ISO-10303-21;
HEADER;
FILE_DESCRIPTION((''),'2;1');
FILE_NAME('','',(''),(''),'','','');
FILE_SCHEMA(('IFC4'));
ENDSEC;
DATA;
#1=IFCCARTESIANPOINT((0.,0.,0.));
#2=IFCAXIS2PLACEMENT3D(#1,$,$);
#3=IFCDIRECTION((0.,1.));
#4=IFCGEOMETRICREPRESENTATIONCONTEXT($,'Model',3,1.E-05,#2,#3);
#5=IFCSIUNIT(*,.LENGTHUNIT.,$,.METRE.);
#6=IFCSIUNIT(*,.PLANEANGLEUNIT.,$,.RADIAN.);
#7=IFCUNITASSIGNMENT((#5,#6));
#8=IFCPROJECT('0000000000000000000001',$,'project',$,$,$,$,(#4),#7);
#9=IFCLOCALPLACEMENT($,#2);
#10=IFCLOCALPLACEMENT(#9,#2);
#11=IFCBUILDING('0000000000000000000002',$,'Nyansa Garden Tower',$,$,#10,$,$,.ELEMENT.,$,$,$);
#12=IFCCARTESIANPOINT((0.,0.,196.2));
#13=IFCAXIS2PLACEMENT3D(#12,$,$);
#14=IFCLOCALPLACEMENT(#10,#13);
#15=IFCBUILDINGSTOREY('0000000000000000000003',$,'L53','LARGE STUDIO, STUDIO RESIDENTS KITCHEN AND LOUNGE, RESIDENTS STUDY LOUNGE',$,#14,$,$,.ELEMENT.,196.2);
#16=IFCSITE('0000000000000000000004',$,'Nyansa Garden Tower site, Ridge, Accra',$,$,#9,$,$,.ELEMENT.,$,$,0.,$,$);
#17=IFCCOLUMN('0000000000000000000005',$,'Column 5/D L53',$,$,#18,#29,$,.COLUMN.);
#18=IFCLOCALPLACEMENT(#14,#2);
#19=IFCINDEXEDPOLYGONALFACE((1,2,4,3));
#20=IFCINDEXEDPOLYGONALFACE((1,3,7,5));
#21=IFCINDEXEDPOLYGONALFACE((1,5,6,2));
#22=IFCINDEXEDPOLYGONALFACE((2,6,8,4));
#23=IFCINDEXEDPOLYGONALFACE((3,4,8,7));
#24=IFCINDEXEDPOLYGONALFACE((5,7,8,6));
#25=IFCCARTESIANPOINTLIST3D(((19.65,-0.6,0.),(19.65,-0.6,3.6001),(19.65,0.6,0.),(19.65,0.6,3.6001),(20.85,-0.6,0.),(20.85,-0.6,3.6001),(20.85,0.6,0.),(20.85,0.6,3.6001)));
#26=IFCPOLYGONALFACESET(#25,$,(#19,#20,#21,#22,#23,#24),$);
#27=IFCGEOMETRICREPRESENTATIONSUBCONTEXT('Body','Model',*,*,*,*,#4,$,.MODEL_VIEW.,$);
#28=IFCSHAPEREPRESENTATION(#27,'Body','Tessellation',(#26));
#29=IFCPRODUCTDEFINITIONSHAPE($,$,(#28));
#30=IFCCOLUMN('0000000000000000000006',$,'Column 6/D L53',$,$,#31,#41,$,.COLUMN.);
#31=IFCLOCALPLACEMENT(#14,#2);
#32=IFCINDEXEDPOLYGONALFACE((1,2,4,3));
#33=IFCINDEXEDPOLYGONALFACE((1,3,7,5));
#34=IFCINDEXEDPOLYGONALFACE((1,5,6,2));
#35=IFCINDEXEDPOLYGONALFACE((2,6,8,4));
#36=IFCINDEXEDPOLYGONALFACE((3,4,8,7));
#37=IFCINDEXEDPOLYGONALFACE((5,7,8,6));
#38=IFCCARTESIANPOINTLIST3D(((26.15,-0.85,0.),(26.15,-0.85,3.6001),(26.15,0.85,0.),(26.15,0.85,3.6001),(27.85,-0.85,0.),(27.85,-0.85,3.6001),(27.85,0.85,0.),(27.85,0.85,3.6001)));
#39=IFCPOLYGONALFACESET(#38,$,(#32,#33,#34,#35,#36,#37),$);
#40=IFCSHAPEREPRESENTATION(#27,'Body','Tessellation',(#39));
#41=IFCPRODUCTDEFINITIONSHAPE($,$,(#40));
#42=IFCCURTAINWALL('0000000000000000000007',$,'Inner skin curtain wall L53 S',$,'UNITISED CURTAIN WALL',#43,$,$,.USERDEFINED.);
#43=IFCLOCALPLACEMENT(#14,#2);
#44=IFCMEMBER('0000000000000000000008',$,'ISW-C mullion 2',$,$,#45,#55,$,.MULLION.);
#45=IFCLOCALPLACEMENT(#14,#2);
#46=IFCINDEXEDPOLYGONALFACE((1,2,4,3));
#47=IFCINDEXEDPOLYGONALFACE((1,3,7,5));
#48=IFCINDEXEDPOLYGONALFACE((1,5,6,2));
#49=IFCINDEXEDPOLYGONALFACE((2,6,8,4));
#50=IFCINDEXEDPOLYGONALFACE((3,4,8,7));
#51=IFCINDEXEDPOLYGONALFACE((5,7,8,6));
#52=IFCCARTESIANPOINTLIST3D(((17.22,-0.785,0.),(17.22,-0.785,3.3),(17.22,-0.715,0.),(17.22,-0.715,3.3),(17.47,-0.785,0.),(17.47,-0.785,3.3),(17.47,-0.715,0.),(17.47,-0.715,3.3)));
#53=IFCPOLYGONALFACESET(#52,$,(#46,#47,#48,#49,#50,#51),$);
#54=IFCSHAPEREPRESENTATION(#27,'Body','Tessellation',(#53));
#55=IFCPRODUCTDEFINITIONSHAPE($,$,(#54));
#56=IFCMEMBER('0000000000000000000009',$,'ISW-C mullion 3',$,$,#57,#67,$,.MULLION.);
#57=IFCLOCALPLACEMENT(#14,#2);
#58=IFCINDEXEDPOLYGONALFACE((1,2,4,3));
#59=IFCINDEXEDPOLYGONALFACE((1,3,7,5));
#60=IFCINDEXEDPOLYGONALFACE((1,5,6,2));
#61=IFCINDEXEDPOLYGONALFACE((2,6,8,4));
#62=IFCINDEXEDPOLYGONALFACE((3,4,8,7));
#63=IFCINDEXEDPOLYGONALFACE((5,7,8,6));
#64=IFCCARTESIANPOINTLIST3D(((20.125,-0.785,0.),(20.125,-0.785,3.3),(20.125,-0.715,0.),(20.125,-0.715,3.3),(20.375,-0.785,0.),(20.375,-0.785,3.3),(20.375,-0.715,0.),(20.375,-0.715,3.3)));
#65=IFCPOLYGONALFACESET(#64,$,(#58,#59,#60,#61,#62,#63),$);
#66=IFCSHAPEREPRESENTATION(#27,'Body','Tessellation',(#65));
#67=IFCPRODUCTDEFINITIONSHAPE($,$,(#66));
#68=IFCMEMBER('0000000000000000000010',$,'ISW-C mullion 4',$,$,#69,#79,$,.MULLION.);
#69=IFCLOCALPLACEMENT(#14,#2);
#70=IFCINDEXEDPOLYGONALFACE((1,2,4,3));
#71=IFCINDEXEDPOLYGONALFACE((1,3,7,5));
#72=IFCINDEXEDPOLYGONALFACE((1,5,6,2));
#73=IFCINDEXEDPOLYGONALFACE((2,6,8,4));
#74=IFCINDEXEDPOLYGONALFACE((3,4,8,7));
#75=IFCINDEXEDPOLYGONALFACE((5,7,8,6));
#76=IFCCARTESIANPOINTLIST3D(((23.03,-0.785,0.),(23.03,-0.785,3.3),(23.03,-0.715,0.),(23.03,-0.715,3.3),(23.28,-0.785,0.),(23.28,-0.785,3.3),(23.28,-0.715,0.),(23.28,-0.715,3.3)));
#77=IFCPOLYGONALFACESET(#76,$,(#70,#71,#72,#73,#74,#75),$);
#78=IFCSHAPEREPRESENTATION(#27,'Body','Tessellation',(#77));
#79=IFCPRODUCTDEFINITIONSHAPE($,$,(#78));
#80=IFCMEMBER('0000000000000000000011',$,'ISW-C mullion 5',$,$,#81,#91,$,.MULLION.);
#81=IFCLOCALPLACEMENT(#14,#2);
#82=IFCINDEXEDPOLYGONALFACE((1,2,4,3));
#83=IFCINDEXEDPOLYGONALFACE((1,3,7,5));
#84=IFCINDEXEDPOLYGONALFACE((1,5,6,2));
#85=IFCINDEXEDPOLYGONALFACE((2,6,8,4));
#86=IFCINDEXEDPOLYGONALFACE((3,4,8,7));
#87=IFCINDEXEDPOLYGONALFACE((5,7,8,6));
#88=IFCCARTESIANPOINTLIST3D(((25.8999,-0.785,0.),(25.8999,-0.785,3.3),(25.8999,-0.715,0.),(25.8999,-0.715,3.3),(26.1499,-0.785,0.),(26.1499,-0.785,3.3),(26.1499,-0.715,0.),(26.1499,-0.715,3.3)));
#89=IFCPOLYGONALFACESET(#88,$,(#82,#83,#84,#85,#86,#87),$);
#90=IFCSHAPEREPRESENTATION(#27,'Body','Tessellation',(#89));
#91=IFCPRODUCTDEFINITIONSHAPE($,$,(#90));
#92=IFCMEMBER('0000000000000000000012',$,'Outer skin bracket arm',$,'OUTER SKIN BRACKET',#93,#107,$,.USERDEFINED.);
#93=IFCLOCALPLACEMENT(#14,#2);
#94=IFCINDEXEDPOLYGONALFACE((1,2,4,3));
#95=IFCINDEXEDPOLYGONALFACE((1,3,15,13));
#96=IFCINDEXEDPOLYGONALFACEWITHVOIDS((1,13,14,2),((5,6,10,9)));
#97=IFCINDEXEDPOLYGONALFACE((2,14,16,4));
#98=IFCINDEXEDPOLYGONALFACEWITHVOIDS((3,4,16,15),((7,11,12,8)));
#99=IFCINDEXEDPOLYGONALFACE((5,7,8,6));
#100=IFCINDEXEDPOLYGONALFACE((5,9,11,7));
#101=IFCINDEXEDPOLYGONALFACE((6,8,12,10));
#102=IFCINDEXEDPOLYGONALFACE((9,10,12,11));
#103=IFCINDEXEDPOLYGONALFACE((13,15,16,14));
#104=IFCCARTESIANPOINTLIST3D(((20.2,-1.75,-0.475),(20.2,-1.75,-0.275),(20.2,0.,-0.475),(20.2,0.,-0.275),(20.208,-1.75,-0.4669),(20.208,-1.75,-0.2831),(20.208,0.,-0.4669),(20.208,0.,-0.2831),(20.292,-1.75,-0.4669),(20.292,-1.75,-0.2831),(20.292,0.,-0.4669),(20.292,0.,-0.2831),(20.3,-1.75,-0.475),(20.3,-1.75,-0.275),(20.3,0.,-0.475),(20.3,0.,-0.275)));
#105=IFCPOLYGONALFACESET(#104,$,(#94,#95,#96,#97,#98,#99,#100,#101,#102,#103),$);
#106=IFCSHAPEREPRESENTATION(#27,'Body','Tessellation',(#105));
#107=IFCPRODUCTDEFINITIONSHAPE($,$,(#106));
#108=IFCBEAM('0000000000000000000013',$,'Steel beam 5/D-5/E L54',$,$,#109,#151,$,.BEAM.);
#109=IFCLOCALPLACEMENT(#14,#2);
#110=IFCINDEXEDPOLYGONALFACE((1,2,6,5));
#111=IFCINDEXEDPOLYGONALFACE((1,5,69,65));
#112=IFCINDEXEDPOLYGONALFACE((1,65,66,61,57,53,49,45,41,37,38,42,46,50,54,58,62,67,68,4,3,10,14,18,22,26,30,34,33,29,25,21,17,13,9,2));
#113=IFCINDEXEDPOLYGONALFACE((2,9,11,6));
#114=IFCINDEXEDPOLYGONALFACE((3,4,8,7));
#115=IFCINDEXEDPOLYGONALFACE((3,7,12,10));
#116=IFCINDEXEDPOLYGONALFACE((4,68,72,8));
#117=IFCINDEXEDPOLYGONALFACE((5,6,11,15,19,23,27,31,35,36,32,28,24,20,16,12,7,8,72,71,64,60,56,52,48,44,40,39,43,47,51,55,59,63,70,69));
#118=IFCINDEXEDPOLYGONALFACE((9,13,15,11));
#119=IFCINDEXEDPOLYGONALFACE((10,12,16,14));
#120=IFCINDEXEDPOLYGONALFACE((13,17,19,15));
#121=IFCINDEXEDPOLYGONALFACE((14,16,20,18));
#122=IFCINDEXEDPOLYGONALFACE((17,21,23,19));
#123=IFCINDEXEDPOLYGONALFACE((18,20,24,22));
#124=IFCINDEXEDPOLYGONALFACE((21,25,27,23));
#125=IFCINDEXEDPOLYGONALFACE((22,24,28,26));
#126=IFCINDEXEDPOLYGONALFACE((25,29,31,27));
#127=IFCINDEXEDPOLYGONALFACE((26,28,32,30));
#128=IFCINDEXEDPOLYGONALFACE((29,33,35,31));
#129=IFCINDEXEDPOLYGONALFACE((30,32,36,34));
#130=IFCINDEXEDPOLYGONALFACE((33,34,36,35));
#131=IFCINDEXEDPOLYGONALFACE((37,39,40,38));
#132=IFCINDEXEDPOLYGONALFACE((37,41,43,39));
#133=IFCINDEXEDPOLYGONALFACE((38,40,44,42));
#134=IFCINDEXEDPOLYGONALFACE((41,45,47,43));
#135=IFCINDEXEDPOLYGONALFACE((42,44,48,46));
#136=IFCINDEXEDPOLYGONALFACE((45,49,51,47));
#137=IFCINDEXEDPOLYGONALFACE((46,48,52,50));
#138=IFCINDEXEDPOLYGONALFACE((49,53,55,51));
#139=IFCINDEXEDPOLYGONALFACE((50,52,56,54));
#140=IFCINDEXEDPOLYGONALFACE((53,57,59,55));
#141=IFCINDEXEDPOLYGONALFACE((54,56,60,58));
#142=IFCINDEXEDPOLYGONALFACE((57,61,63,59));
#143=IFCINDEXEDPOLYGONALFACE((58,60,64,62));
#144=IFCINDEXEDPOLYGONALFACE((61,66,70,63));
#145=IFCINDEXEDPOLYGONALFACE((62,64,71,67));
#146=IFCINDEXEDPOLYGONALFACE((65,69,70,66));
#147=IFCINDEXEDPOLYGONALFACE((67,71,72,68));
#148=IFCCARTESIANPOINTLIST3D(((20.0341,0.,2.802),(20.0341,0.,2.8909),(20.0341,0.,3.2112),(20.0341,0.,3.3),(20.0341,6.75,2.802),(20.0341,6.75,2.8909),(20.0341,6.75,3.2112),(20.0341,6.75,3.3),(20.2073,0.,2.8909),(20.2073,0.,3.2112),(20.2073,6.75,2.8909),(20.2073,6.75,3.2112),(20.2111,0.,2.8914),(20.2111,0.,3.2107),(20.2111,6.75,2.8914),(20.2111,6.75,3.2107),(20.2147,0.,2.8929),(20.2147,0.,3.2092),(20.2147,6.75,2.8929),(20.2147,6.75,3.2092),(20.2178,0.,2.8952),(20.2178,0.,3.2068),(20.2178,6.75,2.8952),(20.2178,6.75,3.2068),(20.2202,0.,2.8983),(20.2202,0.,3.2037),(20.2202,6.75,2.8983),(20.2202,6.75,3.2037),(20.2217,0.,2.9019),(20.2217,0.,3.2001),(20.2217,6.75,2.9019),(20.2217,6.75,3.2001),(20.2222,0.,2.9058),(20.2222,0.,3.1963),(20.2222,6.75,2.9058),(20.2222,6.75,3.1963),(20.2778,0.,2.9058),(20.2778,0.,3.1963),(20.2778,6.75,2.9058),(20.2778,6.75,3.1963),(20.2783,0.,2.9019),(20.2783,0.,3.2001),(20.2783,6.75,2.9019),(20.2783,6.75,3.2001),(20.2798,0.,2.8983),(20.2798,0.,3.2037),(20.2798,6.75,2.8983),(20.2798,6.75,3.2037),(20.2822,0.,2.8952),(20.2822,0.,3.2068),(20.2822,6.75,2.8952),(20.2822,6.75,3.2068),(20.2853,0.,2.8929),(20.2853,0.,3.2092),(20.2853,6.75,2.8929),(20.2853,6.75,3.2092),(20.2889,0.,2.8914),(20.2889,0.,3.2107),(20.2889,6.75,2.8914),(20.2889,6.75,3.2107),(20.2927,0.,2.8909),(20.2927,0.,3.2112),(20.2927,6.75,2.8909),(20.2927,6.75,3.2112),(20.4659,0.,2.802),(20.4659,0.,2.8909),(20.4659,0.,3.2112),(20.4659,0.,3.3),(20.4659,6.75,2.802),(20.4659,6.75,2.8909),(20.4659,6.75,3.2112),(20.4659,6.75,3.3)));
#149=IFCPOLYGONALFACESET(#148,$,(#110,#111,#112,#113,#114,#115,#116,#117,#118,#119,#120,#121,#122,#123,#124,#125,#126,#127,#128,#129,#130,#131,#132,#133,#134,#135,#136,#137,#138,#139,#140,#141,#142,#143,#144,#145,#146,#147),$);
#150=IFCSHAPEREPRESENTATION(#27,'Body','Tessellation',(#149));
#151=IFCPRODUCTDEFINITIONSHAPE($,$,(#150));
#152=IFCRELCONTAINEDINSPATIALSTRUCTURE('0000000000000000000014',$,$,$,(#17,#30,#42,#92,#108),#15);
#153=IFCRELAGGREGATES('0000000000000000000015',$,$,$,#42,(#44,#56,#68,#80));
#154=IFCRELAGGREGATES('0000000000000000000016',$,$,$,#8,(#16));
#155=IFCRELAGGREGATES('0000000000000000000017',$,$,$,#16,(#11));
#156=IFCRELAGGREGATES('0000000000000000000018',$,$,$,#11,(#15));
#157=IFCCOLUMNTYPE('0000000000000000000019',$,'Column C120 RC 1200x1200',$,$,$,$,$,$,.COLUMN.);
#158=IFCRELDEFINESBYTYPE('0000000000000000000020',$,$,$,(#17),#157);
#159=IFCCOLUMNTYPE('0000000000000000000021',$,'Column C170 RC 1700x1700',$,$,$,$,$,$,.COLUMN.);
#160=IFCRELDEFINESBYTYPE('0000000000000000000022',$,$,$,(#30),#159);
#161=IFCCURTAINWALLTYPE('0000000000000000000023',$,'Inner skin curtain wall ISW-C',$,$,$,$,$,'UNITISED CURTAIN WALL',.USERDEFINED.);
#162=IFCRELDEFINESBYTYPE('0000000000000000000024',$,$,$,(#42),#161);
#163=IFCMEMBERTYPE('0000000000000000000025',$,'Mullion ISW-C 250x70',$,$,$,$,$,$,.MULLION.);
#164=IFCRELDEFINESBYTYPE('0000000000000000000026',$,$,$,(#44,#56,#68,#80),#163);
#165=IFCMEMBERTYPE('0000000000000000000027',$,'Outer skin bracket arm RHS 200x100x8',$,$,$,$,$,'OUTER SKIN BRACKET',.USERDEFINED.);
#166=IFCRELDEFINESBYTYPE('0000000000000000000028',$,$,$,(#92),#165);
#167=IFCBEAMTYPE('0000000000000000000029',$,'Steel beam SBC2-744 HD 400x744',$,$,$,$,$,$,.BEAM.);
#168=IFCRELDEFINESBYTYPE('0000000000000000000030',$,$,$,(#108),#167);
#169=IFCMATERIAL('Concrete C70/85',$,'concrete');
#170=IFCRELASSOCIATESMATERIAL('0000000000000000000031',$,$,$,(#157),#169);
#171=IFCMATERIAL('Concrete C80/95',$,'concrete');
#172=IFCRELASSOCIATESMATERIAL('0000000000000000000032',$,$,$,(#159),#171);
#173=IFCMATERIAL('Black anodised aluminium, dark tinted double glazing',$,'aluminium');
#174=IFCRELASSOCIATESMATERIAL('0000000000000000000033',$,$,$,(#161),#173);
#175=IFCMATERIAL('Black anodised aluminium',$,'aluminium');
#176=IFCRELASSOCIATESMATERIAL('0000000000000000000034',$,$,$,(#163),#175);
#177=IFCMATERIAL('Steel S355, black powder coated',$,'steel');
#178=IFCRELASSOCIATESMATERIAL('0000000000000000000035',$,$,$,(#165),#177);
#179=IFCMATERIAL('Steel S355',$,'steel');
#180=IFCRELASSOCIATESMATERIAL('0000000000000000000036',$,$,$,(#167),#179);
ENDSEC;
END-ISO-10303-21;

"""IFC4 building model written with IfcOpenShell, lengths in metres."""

from ifc_helpers import new_model, si_unit, direction, frame, origin, origin_2d, place, context, subcontext, project, spatial, rectangle, hollow_rectangle, i_section, extrude, material, material_profile, profile_set, type_object, element, aggregate, save


model = new_model("IFC4")

# Units and contexts
model_context = context("Model", 3, precision=1e-05, world=origin(), true_north=direction((0.0, 1.0)))
body_context = subcontext(model_context, "Body", "Model", "MODEL_VIEW")
ifc_project = project(units=[si_unit("LENGTHUNIT", "METRE"), si_unit("PLANEANGLEUNIT", "RADIAN")], contexts=[model_context])

# Site, building, storey
site_placement = place(None, origin())
site = spatial("IfcSite", under=ifc_project, at=site_placement, Name="Nyansa Garden Tower site, Ridge, Accra", CompositionType="ELEMENT", RefElevation=0.0)
building_placement = place(site_placement, origin())
building = spatial("IfcBuilding", under=site, at=building_placement, Name="Nyansa Garden Tower", CompositionType="ELEMENT")
storey_placement = place(building_placement, frame((0.0, 0.0, 196.2)))
storey = spatial("IfcBuildingStorey", under=building, at=storey_placement, Name="L53", Description="LARGE STUDIO, STUDIO RESIDENTS KITCHEN AND LOUNGE, RESIDENTS STUDY LOUNGE", CompositionType="ELEMENT", Elevation=196.2)

# Columns
ifc_material_1 = material(Name="Concrete C70/85", Category="concrete")
ifc_material_profile_1 = material_profile(ifc_material_1, rectangle(XDim=1.2, YDim=1.2, at=origin_2d()), Name="RC 1200x1200")
ifc_profile_set_1 = profile_set([ifc_material_profile_1], Name="Concrete C70/85")
column_type_1 = type_object("IfcColumnType", Name="Column C120 RC 1200x1200", PredefinedType="COLUMN", material=ifc_profile_set_1)
column_1_placement = place(storey_placement, frame((20.25, 0.0, 0.0), z_axis=(0.0, 0.0, 1.0), x_axis=(1.0, 0.0, 0.0)))
element("IfcColumn", 1, at=column_1_placement, inside=storey, type_object=column_type_1, Name="Column 5/D L53", PredefinedType="COLUMN", context=body_context, shape_type="SweptSolid", body=[
    extrude(rectangle(XDim=1.2, YDim=1.2, at=origin_2d()), origin(), (0.0, 0.0, 1.0), 3.6001),
])
ifc_material_2 = material(Name="Concrete C80/95", Category="concrete")
ifc_material_profile_2 = material_profile(ifc_material_2, rectangle(XDim=1.7, YDim=1.7, at=origin_2d()), Name="RC 1700x1700")
ifc_profile_set_2 = profile_set([ifc_material_profile_2], Name="Concrete C80/95")
column_type_2 = type_object("IfcColumnType", Name="Column C170 RC 1700x1700", PredefinedType="COLUMN", material=ifc_profile_set_2)
column_2_placement = place(storey_placement, frame((27.0, 0.0, 0.0), z_axis=(0.0, 0.0, 1.0), x_axis=(1.0, 0.0, 0.0)))
element("IfcColumn", 2, at=column_2_placement, inside=storey, type_object=column_type_2, Name="Column 6/D L53", PredefinedType="COLUMN", context=body_context, shape_type="SweptSolid", body=[
    extrude(rectangle(XDim=1.7, YDim=1.7, at=origin_2d()), origin(), (0.0, 0.0, 1.0), 3.6001),
])

# Curtain wall, members
ifc_material_3 = material(Name="Black anodised aluminium, dark tinted double glazing", Category="aluminium")
curtain_wall_type = type_object("IfcCurtainWallType", Name="Inner skin curtain wall ISW-C", ElementType="UNITISED CURTAIN WALL", PredefinedType="USERDEFINED", material=ifc_material_3)
curtain_wall_placement = place(storey_placement, origin())
curtain_wall = element("IfcCurtainWall", 3, at=curtain_wall_placement, inside=storey, type_object=curtain_wall_type, Name="Inner skin curtain wall L53 S", ObjectType="UNITISED CURTAIN WALL", PredefinedType="USERDEFINED")
ifc_material_4 = material(Name="Black anodised aluminium", Category="aluminium")
ifc_material_profile_3 = material_profile(ifc_material_4, rectangle(XDim=0.0701, YDim=0.25, at=origin_2d()), Name="Mullion 250x70")
ifc_profile_set_3 = profile_set([ifc_material_profile_3], Name="Black anodised aluminium")
member_type_1 = type_object("IfcMemberType", Name="Mullion ISW-C 250x70", PredefinedType="MULLION", material=ifc_profile_set_3)
member_1_placement = place(storey_placement, frame((17.345, -0.75, 0.0), z_axis=(0.0, 0.0, 1.0), x_axis=(0.0, 1.0, 0.0)))
member_1 = element("IfcMember", 4, at=member_1_placement, type_object=member_type_1, Name="ISW-C mullion 2", PredefinedType="MULLION", context=body_context, shape_type="SweptSolid", body=[
    extrude(rectangle(XDim=0.0701, YDim=0.25, at=origin_2d()), origin(), (0.0, 0.0, 1.0), 3.3),
])
member_2_placement = place(storey_placement, frame((20.25, -0.75, 0.0), z_axis=(0.0, 0.0, 1.0), x_axis=(0.0, 1.0, 0.0)))
member_2 = element("IfcMember", 5, at=member_2_placement, type_object=member_type_1, Name="ISW-C mullion 3", PredefinedType="MULLION", context=body_context, shape_type="SweptSolid", body=[
    extrude(rectangle(XDim=0.0701, YDim=0.25, at=origin_2d()), origin(), (0.0, 0.0, 1.0), 3.3),
])
member_3_placement = place(storey_placement, frame((23.155, -0.75, 0.0), z_axis=(0.0, 0.0, 1.0), x_axis=(0.0, 1.0, 0.0)))
member_3 = element("IfcMember", 6, at=member_3_placement, type_object=member_type_1, Name="ISW-C mullion 4", PredefinedType="MULLION", context=body_context, shape_type="SweptSolid", body=[
    extrude(rectangle(XDim=0.0701, YDim=0.25, at=origin_2d()), origin(), (0.0, 0.0, 1.0), 3.3),
])
member_4_placement = place(storey_placement, frame((26.0249, -0.75, 0.0), z_axis=(0.0, 0.0, 1.0), x_axis=(0.0, 1.0, 0.0)))
member_4 = element("IfcMember", 7, at=member_4_placement, type_object=member_type_1, Name="ISW-C mullion 5", PredefinedType="MULLION", context=body_context, shape_type="SweptSolid", body=[
    extrude(rectangle(XDim=0.0701, YDim=0.25, at=origin_2d()), origin(), (0.0, 0.0, 1.0), 3.3),
])

# Member
ifc_material_5 = material(Name="Steel S355, black powder coated", Category="steel")
ifc_material_profile_4 = material_profile(ifc_material_5, hollow_rectangle(XDim=0.1001, YDim=0.2, WallThickness=0.0081, at=origin_2d()), Name="RHS 200x100x8")
ifc_profile_set_4 = profile_set([ifc_material_profile_4], Name="Steel S355, black powder coated")
member_type_2 = type_object("IfcMemberType", Name="Outer skin bracket arm RHS 200x100x8", ElementType="OUTER SKIN BRACKET", PredefinedType="USERDEFINED", material=ifc_profile_set_4)
member_5_placement = place(storey_placement, frame((20.25, 0.0, -0.375), z_axis=(0.0, -1.0, 0.0), x_axis=(1.0, 0.0, 0.0)))
element("IfcMember", 8, at=member_5_placement, inside=storey, type_object=member_type_2, Name="Outer skin bracket arm", ObjectType="OUTER SKIN BRACKET", PredefinedType="USERDEFINED", context=body_context, shape_type="SweptSolid", body=[
    extrude(hollow_rectangle(XDim=0.1001, YDim=0.2, WallThickness=0.0081, at=origin_2d()), origin(), (0.0, 0.0, 1.0), 1.75),
])

# Beam
ifc_material_6 = material(Name="Steel S355", Category="steel")
ifc_material_profile_5 = material_profile(ifc_material_6, i_section(OverallWidth=0.4319, OverallDepth=0.498, WebThickness=0.0557, FlangeThickness=0.0889, FilletRadius=0.0149, at=origin_2d()), Name="HD 400x744")
ifc_profile_set_5 = profile_set([ifc_material_profile_5], Name="Steel S355")
beam_type_1 = type_object("IfcBeamType", Name="Steel beam SBC2-744 HD 400x744", PredefinedType="BEAM", material=ifc_profile_set_5)
beam_1_placement = place(storey_placement, frame((20.25, 0.0, 3.051), z_axis=(0.0, 1.0, 0.0), x_axis=(-1.0, 0.0, 0.0)))
element("IfcBeam", 9, at=beam_1_placement, inside=storey, type_object=beam_type_1, Name="Steel beam 5/D-5/E L54", PredefinedType="BEAM", context=body_context, shape_type="SweptSolid", body=[
    extrude(i_section(OverallWidth=0.4319, OverallDepth=0.498, WebThickness=0.0557, FlangeThickness=0.0889, FilletRadius=0.0149, at=origin_2d()), origin(), (0.0, 0.0, 1.0), 6.75),
])

aggregate(curtain_wall, [member_1, member_2, member_3, member_4])

save(model, "model.ifc")
